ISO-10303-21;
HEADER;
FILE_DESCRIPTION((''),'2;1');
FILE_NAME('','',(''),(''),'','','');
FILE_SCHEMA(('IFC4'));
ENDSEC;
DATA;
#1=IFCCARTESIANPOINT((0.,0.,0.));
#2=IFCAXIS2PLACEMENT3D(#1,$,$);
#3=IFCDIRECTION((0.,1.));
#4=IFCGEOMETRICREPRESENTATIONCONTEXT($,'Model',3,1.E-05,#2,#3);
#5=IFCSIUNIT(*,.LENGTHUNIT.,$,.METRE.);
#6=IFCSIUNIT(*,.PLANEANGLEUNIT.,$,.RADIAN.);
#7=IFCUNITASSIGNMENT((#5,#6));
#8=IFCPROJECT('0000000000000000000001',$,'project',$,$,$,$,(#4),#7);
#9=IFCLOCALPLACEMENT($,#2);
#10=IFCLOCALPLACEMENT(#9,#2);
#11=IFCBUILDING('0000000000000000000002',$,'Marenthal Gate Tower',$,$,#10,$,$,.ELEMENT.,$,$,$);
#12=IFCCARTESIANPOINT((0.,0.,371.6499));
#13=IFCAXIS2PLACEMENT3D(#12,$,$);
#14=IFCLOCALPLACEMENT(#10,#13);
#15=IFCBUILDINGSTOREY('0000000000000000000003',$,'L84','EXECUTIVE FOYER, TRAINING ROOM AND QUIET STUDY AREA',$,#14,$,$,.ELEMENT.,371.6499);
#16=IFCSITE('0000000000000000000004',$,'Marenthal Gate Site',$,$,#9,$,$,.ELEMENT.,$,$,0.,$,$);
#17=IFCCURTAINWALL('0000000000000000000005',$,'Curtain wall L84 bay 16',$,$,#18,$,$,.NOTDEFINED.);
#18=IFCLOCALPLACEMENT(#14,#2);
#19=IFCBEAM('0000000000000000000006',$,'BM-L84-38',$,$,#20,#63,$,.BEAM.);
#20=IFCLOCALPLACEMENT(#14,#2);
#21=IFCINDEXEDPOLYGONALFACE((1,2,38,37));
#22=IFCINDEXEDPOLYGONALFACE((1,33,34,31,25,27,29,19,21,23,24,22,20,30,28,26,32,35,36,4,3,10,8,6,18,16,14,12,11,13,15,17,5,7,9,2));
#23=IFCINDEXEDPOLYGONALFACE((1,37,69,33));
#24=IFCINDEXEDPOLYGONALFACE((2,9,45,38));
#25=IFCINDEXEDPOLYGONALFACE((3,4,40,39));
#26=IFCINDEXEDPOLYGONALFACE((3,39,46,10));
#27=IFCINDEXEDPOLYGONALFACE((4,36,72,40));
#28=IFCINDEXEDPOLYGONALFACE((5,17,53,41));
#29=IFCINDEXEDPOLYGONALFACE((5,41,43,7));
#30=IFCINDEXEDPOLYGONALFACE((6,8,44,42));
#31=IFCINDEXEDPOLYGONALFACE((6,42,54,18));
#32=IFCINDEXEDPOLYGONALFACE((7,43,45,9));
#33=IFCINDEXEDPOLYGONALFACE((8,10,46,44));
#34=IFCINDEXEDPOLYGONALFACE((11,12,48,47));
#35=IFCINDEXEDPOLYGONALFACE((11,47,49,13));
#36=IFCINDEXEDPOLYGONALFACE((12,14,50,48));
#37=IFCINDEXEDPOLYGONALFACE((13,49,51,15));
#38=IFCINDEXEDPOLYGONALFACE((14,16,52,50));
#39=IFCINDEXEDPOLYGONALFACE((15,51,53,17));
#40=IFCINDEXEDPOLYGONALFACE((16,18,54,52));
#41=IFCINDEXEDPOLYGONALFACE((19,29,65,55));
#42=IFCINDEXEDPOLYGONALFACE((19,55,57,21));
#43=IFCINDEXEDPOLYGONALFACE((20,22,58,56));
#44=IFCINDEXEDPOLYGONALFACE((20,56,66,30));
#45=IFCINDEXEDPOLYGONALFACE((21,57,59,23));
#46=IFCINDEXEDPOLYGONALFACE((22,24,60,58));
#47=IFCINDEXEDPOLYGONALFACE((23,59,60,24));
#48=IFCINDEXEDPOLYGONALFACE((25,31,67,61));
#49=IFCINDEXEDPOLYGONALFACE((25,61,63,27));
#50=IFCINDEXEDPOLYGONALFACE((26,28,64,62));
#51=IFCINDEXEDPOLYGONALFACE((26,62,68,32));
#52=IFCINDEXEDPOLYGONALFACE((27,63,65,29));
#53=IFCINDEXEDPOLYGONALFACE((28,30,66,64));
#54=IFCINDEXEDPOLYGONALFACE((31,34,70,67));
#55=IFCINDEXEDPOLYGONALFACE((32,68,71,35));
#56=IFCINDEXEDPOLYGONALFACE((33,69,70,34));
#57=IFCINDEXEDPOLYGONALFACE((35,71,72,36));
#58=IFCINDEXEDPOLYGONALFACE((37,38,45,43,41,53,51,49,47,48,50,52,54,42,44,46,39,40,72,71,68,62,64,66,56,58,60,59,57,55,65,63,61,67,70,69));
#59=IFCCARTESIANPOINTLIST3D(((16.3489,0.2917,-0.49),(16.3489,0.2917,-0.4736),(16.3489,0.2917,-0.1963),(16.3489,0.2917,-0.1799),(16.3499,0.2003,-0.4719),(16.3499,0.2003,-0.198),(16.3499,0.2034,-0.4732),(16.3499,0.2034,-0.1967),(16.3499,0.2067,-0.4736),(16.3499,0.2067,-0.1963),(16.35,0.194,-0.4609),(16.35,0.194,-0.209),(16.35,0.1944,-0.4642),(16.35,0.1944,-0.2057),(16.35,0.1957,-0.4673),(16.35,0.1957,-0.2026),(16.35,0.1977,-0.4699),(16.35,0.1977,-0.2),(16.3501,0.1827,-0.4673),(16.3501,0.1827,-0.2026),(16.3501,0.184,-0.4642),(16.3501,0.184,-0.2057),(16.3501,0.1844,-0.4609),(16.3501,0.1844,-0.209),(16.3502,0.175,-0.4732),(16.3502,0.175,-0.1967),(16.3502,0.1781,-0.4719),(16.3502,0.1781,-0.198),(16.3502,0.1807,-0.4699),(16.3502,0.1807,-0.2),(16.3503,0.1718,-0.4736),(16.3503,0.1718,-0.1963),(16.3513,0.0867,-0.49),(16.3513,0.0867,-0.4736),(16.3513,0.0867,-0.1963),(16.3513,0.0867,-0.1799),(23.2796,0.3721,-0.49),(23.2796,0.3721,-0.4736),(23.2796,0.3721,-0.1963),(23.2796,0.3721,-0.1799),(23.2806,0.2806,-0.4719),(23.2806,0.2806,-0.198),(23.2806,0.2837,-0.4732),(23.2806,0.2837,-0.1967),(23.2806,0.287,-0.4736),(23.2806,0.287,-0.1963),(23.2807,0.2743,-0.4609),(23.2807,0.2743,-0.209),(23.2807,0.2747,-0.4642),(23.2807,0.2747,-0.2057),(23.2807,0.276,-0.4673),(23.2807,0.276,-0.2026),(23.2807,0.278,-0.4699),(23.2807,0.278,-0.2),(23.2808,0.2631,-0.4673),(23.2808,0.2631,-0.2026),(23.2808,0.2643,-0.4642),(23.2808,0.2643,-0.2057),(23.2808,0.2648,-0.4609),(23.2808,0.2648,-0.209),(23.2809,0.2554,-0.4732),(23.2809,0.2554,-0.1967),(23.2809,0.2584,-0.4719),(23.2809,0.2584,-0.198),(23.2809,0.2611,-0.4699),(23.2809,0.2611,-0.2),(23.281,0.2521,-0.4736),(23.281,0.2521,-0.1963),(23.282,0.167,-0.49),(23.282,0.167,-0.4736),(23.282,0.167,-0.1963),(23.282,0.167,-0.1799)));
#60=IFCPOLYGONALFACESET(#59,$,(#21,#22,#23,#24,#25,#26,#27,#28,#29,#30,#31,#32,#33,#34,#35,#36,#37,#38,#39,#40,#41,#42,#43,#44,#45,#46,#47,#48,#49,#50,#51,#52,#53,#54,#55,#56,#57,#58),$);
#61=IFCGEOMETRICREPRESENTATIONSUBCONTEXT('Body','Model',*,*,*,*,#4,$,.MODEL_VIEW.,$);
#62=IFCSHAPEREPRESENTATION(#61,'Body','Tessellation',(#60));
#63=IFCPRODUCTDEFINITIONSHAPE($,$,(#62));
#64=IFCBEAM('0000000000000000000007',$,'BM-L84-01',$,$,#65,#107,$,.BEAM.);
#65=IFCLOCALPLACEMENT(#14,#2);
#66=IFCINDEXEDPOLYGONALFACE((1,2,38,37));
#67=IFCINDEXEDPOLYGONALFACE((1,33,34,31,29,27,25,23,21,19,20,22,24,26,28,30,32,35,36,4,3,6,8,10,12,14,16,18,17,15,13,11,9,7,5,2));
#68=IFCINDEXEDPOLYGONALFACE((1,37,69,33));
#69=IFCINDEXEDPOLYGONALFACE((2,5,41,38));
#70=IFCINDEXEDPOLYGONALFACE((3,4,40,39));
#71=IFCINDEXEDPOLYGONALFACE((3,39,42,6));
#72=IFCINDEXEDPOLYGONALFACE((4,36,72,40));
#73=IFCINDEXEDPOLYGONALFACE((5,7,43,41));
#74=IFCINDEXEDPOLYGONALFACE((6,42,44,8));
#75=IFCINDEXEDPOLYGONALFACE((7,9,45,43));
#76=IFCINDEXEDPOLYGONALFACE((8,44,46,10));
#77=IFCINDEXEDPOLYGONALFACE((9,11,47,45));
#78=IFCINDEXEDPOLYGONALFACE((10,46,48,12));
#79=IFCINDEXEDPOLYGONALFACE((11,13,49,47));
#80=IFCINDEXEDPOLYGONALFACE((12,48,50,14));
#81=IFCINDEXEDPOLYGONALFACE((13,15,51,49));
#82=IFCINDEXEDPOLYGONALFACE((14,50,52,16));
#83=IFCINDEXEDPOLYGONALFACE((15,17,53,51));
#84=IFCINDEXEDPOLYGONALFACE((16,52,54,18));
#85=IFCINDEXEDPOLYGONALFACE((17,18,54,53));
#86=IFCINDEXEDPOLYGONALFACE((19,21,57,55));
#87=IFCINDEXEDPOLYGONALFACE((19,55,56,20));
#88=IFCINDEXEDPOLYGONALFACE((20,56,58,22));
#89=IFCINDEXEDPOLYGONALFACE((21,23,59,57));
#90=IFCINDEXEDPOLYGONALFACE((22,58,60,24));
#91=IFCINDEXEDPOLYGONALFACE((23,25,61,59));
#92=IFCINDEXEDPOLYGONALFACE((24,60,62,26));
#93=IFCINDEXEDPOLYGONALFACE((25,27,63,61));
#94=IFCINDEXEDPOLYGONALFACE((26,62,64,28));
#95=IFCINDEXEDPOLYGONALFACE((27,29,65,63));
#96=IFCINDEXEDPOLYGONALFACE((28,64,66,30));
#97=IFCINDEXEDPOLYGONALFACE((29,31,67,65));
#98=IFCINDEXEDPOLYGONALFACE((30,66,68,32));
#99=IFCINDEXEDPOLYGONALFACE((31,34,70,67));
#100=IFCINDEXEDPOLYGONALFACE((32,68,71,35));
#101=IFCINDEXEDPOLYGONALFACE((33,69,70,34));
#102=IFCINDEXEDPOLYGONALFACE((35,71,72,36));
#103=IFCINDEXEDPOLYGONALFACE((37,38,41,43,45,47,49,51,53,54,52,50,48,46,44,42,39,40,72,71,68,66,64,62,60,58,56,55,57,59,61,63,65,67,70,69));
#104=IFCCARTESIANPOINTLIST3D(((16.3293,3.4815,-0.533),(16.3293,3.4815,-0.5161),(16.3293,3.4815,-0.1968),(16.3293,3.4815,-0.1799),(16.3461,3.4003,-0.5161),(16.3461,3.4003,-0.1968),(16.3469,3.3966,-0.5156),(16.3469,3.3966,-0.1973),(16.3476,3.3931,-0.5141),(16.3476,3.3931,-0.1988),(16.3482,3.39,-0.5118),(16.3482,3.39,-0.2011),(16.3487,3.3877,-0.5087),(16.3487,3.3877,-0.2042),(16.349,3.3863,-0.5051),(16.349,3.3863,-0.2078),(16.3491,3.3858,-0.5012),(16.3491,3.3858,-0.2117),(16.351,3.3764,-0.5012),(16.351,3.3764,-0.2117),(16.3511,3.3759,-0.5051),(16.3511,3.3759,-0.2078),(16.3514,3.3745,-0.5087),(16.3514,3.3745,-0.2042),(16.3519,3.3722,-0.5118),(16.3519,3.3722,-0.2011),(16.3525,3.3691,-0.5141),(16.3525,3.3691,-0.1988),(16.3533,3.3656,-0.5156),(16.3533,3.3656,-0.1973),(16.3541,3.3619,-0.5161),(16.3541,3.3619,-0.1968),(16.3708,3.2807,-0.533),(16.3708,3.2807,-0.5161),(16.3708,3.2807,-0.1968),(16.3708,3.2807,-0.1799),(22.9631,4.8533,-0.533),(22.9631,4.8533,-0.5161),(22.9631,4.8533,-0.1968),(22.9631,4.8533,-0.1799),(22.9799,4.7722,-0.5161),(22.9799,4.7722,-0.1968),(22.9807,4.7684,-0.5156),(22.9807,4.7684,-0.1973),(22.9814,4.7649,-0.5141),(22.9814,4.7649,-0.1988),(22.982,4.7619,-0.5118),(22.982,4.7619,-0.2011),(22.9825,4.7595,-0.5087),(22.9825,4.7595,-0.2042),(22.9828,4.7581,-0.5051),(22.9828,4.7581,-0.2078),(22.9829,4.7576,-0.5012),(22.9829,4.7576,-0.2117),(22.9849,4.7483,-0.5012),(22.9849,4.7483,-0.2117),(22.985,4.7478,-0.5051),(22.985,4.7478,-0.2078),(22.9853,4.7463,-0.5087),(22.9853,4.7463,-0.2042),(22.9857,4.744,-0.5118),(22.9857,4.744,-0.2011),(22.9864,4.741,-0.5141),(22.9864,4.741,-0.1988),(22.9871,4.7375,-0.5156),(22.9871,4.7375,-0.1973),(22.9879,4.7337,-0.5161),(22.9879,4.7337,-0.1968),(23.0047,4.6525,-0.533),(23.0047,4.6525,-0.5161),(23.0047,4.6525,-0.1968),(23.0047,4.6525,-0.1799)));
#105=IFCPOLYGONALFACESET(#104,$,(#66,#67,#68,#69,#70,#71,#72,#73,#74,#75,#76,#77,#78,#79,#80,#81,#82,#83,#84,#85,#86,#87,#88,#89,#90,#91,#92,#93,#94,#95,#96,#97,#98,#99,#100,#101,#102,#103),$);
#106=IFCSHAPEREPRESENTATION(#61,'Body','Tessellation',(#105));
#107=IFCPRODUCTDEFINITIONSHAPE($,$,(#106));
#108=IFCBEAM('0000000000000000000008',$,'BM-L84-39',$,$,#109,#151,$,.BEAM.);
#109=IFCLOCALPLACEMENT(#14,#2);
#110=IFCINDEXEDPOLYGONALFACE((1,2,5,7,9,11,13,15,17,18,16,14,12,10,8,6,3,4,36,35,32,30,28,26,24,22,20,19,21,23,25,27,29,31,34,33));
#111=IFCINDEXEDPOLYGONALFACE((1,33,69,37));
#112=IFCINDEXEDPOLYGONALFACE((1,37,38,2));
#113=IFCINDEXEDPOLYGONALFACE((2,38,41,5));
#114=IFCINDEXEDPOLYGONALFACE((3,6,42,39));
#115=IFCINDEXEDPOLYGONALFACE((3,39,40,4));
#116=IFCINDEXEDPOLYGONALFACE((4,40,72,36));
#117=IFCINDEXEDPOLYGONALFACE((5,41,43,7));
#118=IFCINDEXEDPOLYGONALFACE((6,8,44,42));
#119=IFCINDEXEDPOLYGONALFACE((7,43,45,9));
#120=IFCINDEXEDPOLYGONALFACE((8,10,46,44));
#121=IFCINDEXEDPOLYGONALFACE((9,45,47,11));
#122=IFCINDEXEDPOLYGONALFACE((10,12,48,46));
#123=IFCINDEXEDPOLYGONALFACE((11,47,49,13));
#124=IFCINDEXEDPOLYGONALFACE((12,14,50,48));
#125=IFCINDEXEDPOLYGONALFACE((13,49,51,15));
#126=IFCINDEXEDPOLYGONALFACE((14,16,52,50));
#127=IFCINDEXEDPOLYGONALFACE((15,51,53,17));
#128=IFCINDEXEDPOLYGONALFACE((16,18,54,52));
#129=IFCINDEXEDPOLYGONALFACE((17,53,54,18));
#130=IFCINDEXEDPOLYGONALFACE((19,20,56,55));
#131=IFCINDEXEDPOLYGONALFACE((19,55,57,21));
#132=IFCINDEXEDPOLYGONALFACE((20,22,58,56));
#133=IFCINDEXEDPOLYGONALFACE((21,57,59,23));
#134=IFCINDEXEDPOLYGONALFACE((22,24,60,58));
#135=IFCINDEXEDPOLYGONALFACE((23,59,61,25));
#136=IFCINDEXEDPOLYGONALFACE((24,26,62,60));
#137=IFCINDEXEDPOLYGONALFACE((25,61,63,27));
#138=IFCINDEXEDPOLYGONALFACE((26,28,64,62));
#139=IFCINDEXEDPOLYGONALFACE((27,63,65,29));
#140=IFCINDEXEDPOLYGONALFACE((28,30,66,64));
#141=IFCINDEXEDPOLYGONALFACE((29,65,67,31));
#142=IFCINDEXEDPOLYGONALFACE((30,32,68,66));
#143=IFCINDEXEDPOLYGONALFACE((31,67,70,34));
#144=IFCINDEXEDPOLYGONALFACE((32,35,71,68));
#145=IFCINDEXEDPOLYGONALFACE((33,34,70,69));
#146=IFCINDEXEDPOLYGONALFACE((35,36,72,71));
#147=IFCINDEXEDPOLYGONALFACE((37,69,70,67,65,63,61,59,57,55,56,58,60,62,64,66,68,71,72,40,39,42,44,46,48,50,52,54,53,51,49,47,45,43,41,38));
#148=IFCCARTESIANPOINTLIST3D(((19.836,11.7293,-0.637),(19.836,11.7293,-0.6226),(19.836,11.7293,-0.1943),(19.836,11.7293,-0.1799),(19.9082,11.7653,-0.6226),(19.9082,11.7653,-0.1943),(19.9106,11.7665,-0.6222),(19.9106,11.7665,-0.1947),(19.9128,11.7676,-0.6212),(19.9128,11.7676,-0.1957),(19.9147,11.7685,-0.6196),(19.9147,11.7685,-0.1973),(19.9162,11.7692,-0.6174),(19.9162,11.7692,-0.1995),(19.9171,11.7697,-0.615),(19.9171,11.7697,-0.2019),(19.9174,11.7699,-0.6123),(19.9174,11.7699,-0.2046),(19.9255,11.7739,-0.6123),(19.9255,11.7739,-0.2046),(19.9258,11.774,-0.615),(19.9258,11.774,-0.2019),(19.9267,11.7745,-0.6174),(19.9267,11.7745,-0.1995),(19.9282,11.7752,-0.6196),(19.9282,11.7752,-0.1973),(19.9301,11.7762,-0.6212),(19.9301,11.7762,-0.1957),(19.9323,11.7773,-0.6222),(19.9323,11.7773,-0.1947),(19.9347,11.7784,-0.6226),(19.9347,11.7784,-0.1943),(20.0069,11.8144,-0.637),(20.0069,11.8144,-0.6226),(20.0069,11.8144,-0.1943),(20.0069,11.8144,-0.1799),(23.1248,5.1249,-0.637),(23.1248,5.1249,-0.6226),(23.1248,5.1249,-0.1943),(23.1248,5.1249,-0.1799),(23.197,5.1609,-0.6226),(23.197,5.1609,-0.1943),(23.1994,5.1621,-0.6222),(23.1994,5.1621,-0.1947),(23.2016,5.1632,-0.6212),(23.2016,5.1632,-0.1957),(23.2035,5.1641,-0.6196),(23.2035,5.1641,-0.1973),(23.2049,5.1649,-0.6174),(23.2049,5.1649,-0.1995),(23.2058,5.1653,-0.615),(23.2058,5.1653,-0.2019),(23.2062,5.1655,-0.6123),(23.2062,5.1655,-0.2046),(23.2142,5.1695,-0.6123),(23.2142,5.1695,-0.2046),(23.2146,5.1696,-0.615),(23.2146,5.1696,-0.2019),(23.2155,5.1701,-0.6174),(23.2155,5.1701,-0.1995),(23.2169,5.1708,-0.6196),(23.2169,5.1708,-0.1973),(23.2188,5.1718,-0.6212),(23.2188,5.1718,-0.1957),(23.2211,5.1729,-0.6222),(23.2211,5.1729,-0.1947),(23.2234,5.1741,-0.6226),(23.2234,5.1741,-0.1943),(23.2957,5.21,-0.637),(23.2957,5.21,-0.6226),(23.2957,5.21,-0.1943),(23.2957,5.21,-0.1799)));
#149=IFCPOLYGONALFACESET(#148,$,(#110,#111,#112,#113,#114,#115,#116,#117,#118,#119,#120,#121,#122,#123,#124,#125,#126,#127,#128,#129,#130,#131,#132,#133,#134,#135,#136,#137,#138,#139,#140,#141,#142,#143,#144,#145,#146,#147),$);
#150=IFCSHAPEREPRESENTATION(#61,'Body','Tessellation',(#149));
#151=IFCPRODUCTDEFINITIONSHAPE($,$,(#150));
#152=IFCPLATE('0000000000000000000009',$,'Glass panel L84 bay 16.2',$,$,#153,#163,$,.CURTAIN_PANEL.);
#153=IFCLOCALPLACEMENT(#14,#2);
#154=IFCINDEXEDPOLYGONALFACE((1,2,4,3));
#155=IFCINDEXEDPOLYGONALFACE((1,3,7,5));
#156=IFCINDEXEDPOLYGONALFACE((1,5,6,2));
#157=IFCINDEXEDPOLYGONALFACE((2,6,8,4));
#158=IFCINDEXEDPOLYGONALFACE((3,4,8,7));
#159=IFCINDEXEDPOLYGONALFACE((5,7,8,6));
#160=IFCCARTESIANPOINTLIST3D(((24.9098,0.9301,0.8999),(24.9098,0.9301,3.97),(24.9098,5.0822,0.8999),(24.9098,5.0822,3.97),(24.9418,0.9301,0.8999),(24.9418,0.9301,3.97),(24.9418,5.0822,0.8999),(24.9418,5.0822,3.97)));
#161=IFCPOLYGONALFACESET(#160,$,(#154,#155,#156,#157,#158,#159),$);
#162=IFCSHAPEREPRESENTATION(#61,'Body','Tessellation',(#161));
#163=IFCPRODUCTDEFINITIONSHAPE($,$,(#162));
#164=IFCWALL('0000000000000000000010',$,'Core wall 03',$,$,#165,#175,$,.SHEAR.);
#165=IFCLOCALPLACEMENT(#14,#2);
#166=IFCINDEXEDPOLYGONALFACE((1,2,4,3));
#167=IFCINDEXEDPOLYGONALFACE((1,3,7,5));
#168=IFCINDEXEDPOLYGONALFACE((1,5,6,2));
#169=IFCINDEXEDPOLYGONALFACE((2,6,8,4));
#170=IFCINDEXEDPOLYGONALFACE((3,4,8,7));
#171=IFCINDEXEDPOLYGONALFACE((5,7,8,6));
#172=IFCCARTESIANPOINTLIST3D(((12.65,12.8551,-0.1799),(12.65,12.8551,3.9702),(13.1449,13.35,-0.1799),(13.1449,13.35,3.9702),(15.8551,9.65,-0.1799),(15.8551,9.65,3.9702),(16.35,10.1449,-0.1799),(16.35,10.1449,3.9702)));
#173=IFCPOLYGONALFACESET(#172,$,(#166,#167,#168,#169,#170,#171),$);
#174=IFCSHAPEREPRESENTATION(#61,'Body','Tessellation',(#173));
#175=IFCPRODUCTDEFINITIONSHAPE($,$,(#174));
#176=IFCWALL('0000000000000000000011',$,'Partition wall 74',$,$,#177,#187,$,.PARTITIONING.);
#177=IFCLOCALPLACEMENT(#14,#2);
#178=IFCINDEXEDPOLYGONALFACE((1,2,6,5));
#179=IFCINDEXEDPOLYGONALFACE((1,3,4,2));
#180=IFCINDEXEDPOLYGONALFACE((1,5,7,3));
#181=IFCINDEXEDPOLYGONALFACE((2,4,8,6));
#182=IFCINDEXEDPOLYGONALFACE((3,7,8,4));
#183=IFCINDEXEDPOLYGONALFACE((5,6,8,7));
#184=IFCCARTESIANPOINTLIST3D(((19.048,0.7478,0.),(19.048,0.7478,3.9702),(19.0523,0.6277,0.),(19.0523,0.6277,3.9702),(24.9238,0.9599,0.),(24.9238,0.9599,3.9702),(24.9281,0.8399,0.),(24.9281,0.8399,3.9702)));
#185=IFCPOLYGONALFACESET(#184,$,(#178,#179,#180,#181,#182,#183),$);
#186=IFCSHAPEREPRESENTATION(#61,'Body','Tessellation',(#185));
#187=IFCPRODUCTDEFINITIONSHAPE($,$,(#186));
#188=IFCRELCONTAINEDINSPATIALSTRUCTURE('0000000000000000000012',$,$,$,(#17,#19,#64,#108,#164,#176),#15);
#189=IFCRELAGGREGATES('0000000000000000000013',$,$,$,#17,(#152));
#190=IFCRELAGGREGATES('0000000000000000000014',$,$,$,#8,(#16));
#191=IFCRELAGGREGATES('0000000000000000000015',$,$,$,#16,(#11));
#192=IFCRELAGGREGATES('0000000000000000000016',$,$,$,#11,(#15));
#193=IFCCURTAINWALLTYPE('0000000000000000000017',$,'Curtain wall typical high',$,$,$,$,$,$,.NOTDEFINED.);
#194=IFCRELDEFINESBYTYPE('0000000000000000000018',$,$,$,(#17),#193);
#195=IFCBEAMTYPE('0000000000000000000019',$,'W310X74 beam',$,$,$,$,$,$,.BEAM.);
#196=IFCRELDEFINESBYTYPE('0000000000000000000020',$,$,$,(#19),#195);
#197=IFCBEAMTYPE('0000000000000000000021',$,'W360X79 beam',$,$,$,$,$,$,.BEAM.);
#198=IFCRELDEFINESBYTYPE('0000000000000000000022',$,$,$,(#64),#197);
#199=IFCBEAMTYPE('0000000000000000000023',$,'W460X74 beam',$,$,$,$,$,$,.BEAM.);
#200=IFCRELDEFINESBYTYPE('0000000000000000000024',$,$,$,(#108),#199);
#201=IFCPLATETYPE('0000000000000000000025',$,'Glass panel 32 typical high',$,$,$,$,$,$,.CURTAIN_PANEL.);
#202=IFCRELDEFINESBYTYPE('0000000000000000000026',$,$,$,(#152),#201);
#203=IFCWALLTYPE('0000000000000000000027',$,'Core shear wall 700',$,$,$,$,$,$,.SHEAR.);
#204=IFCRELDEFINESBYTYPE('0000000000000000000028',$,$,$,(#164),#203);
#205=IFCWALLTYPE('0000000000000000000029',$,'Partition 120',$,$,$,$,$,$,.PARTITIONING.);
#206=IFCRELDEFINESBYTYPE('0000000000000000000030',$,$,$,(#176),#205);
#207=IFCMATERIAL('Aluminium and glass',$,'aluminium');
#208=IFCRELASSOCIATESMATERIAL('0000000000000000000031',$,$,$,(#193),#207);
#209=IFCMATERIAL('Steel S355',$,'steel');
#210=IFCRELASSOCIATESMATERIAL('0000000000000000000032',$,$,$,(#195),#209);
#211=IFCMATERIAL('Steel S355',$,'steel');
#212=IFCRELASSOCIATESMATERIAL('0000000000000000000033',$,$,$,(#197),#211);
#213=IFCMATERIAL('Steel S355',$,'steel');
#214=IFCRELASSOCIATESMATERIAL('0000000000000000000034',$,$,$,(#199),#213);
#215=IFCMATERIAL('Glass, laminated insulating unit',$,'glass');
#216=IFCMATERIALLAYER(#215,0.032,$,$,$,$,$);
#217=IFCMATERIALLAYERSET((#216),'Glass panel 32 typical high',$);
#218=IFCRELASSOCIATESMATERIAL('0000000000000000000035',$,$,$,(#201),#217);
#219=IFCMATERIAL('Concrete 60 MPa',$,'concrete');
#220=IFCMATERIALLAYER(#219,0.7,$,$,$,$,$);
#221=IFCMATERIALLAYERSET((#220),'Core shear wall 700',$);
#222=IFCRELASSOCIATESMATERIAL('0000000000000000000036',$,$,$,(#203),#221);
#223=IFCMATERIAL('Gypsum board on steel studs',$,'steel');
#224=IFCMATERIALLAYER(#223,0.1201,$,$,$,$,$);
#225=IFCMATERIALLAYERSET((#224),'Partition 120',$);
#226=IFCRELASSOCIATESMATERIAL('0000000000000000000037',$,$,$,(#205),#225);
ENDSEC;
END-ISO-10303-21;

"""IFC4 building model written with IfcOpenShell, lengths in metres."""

from ifc_helpers import new_model, si_unit, direction, frame, frame_2d, origin, origin_2d, place, context, subcontext, project, spatial, rectangle, i_section, extrude, material, layer, layer_set, material_profile, profile_set, type_object, element, aggregate, save


model = new_model("IFC4")

# Units and contexts
model_context = context("Model", 3, precision=1e-05, world=origin(), true_north=direction((0.0, 1.0)))
body_context = subcontext(model_context, "Body", "Model", "MODEL_VIEW")
ifc_project = project(units=[si_unit("LENGTHUNIT", "METRE"), si_unit("PLANEANGLEUNIT", "RADIAN")], contexts=[model_context])

# Site, building, storey
site_placement = place(None, origin())
site = spatial("IfcSite", under=ifc_project, at=site_placement, Name="Marenthal Gate Site", CompositionType="ELEMENT", RefElevation=0.0)
building_placement = place(site_placement, origin())
building = spatial("IfcBuilding", under=site, at=building_placement, Name="Marenthal Gate Tower", CompositionType="ELEMENT")
storey_placement = place(building_placement, frame((0.0, 0.0, 371.6499)))
storey = spatial("IfcBuildingStorey", under=building, at=storey_placement, Name="L84", Description="EXECUTIVE FOYER, TRAINING ROOM AND QUIET STUDY AREA", CompositionType="ELEMENT", Elevation=371.6499)

# Curtain wall
ifc_material_1 = material(Name="Aluminium and glass", Category="aluminium")
curtain_wall_type = type_object("IfcCurtainWallType", Name="Curtain wall typical high", PredefinedType="NOTDEFINED", material=ifc_material_1)
curtain_wall_placement = place(storey_placement, origin())
curtain_wall = element("IfcCurtainWall", 1, at=curtain_wall_placement, inside=storey, type_object=curtain_wall_type, Name="Curtain wall L84 bay 16", PredefinedType="NOTDEFINED")

# Beams
ifc_material_2 = material(Name="Steel S355", Category="steel")
ifc_material_profile_1 = material_profile(ifc_material_2, i_section(OverallWidth=0.2051, OverallDepth=0.3101, WebThickness=0.0095, FlangeThickness=0.0164, FilletRadius=0.0127, at=origin_2d()), Name="W310X74")
ifc_profile_set_1 = profile_set([ifc_material_profile_1], Name="Steel S355")
beam_type_1 = type_object("IfcBeamType", Name="W310X74 beam", PredefinedType="BEAM", material=ifc_profile_set_1)
beam_1_placement = place(storey_placement, frame((23.2808, 0.2695, -0.335), z_axis=(-0.999933, -0.011589, 0.0), x_axis=(0.011589, -0.999933, 0.0)))
element("IfcBeam", 2, at=beam_1_placement, inside=storey, type_object=beam_type_1, Name="BM-L84-38", PredefinedType="BEAM", context=body_context, shape_type="SweptSolid", body=[
    extrude(i_section(OverallWidth=0.2051, OverallDepth=0.3101, WebThickness=0.0095, FlangeThickness=0.0164, FilletRadius=0.0127, at=origin_2d()), origin(), (0.0, 0.0, 1.0), 6.9312),
])
ifc_material_3 = material(Name="Steel S355", Category="steel")
ifc_material_profile_2 = material_profile(ifc_material_3, i_section(OverallWidth=0.2051, OverallDepth=0.353, WebThickness=0.0095, FlangeThickness=0.0168, FilletRadius=0.0149, at=origin_2d()), Name="W360X79")
ifc_profile_set_2 = profile_set([ifc_material_profile_2], Name="Steel S355")
beam_type_2 = type_object("IfcBeamType", Name="W360X79 beam", PredefinedType="BEAM", material=ifc_profile_set_2)
beam_2_placement = place(storey_placement, frame((22.9839, 4.7529, -0.3564), z_axis=(-0.97928, -0.202509, 0.0), x_axis=(0.202509, -0.97928, 0.0)))
element("IfcBeam", 3, at=beam_2_placement, inside=storey, type_object=beam_type_2, Name="BM-L84-01", PredefinedType="BEAM", context=body_context, shape_type="SweptSolid", body=[
    extrude(i_section(OverallWidth=0.2051, OverallDepth=0.353, WebThickness=0.0095, FlangeThickness=0.0168, FilletRadius=0.0149, at=origin_2d()), origin(), (0.0, 0.0, 1.0), 6.7742),
])
ifc_material_4 = material(Name="Steel S355", Category="steel")
ifc_material_profile_3 = material_profile(ifc_material_4, i_section(OverallWidth=0.1909, OverallDepth=0.457, WebThickness=0.009, FlangeThickness=0.0144, FilletRadius=0.0103, at=origin_2d()), Name="W460X74")
ifc_profile_set_3 = profile_set([ifc_material_profile_3], Name="Steel S355")
beam_type_3 = type_object("IfcBeamType", Name="W460X74 beam", PredefinedType="BEAM", material=ifc_profile_set_3)
beam_3_placement = place(storey_placement, frame((23.2102, 5.1675, -0.4084), z_axis=(-0.445757, 0.895154, 0.0), x_axis=(-0.895154, -0.445757, 0.0)))
element("IfcBeam", 4, at=beam_3_placement, inside=storey, type_object=beam_type_3, Name="BM-L84-39", PredefinedType="BEAM", context=body_context, shape_type="SweptSolid", body=[
    extrude(i_section(OverallWidth=0.1909, OverallDepth=0.457, WebThickness=0.009, FlangeThickness=0.0144, FilletRadius=0.0103, at=origin_2d()), origin(), (0.0, 0.0, 1.0), 7.3779),
])

# Plate
ifc_material_5 = material(Name="Glass, laminated insulating unit", Category="glass")
ifc_layer_1 = layer(ifc_material_5, 0.032)
ifc_layer_set_1 = layer_set([ifc_layer_1], Name="Glass panel 32 typical high")
plate_type = type_object("IfcPlateType", Name="Glass panel 32 typical high", PredefinedType="CURTAIN_PANEL", material=ifc_layer_set_1)
plate_placement = place(storey_placement, frame((24.9258, 3.0061, 0.8999), z_axis=(0.0, 0.0, 1.0), x_axis=(0.0, 1.0, 0.0)))
plate = element("IfcPlate", 5, at=plate_placement, type_object=plate_type, Name="Glass panel L84 bay 16.2", PredefinedType="CURTAIN_PANEL", context=body_context, shape_type="SweptSolid", body=[
    extrude(rectangle(XDim=4.1521, YDim=0.032, at=origin_2d()), origin(), (0.0, 0.0, 1.0), 3.0701),
])
aggregate(curtain_wall, [plate])

# Walls
ifc_material_6 = material(Name="Concrete 60 MPa", Category="concrete")
ifc_layer_2 = layer(ifc_material_6, 0.7)
ifc_layer_set_2 = layer_set([ifc_layer_2], Name="Core shear wall 700")
wall_type_1 = type_object("IfcWallType", Name="Core shear wall 700", PredefinedType="SHEAR", material=ifc_layer_set_2)
wall_1_placement = place(storey_placement, frame((16.1025, 9.8975, -0.1799), z_axis=(0.0, 0.0, 1.0), x_axis=(-0.707107, 0.707107, 0.0)))
element("IfcWall", 6, at=wall_1_placement, inside=storey, type_object=wall_type_1, Name="Core wall 03", PredefinedType="SHEAR", context=body_context, shape_type="SweptSolid", body=[
    extrude(rectangle(XDim=4.5327, YDim=0.7, at=frame_2d((2.2664, 0.0))), origin(), (0.0, 0.0, 1.0), 4.1501),
])
ifc_material_7 = material(Name="Gypsum board on steel studs", Category="steel")
ifc_layer_3 = layer(ifc_material_7, 0.1201)
ifc_layer_set_3 = layer_set([ifc_layer_3], Name="Partition 120")
wall_type_2 = type_object("IfcWallType", Name="Partition 120", PredefinedType="PARTITIONING", material=ifc_layer_set_3)
wall_2_placement = place(storey_placement, frame((19.05, 0.6877, 0.0), z_axis=(0.0, 0.0, 1.0), x_axis=(0.999349, 0.036084, 0.0)))
element("IfcWall", 7, at=wall_2_placement, inside=storey, type_object=wall_type_2, Name="Partition wall 74", PredefinedType="PARTITIONING", context=body_context, shape_type="SweptSolid", body=[
    extrude(rectangle(XDim=5.8796, YDim=0.1201, at=frame_2d((2.9399, 0.0))), origin(), (0.0, 0.0, 1.0), 3.9702),
])

save(model, "model.ifc")
